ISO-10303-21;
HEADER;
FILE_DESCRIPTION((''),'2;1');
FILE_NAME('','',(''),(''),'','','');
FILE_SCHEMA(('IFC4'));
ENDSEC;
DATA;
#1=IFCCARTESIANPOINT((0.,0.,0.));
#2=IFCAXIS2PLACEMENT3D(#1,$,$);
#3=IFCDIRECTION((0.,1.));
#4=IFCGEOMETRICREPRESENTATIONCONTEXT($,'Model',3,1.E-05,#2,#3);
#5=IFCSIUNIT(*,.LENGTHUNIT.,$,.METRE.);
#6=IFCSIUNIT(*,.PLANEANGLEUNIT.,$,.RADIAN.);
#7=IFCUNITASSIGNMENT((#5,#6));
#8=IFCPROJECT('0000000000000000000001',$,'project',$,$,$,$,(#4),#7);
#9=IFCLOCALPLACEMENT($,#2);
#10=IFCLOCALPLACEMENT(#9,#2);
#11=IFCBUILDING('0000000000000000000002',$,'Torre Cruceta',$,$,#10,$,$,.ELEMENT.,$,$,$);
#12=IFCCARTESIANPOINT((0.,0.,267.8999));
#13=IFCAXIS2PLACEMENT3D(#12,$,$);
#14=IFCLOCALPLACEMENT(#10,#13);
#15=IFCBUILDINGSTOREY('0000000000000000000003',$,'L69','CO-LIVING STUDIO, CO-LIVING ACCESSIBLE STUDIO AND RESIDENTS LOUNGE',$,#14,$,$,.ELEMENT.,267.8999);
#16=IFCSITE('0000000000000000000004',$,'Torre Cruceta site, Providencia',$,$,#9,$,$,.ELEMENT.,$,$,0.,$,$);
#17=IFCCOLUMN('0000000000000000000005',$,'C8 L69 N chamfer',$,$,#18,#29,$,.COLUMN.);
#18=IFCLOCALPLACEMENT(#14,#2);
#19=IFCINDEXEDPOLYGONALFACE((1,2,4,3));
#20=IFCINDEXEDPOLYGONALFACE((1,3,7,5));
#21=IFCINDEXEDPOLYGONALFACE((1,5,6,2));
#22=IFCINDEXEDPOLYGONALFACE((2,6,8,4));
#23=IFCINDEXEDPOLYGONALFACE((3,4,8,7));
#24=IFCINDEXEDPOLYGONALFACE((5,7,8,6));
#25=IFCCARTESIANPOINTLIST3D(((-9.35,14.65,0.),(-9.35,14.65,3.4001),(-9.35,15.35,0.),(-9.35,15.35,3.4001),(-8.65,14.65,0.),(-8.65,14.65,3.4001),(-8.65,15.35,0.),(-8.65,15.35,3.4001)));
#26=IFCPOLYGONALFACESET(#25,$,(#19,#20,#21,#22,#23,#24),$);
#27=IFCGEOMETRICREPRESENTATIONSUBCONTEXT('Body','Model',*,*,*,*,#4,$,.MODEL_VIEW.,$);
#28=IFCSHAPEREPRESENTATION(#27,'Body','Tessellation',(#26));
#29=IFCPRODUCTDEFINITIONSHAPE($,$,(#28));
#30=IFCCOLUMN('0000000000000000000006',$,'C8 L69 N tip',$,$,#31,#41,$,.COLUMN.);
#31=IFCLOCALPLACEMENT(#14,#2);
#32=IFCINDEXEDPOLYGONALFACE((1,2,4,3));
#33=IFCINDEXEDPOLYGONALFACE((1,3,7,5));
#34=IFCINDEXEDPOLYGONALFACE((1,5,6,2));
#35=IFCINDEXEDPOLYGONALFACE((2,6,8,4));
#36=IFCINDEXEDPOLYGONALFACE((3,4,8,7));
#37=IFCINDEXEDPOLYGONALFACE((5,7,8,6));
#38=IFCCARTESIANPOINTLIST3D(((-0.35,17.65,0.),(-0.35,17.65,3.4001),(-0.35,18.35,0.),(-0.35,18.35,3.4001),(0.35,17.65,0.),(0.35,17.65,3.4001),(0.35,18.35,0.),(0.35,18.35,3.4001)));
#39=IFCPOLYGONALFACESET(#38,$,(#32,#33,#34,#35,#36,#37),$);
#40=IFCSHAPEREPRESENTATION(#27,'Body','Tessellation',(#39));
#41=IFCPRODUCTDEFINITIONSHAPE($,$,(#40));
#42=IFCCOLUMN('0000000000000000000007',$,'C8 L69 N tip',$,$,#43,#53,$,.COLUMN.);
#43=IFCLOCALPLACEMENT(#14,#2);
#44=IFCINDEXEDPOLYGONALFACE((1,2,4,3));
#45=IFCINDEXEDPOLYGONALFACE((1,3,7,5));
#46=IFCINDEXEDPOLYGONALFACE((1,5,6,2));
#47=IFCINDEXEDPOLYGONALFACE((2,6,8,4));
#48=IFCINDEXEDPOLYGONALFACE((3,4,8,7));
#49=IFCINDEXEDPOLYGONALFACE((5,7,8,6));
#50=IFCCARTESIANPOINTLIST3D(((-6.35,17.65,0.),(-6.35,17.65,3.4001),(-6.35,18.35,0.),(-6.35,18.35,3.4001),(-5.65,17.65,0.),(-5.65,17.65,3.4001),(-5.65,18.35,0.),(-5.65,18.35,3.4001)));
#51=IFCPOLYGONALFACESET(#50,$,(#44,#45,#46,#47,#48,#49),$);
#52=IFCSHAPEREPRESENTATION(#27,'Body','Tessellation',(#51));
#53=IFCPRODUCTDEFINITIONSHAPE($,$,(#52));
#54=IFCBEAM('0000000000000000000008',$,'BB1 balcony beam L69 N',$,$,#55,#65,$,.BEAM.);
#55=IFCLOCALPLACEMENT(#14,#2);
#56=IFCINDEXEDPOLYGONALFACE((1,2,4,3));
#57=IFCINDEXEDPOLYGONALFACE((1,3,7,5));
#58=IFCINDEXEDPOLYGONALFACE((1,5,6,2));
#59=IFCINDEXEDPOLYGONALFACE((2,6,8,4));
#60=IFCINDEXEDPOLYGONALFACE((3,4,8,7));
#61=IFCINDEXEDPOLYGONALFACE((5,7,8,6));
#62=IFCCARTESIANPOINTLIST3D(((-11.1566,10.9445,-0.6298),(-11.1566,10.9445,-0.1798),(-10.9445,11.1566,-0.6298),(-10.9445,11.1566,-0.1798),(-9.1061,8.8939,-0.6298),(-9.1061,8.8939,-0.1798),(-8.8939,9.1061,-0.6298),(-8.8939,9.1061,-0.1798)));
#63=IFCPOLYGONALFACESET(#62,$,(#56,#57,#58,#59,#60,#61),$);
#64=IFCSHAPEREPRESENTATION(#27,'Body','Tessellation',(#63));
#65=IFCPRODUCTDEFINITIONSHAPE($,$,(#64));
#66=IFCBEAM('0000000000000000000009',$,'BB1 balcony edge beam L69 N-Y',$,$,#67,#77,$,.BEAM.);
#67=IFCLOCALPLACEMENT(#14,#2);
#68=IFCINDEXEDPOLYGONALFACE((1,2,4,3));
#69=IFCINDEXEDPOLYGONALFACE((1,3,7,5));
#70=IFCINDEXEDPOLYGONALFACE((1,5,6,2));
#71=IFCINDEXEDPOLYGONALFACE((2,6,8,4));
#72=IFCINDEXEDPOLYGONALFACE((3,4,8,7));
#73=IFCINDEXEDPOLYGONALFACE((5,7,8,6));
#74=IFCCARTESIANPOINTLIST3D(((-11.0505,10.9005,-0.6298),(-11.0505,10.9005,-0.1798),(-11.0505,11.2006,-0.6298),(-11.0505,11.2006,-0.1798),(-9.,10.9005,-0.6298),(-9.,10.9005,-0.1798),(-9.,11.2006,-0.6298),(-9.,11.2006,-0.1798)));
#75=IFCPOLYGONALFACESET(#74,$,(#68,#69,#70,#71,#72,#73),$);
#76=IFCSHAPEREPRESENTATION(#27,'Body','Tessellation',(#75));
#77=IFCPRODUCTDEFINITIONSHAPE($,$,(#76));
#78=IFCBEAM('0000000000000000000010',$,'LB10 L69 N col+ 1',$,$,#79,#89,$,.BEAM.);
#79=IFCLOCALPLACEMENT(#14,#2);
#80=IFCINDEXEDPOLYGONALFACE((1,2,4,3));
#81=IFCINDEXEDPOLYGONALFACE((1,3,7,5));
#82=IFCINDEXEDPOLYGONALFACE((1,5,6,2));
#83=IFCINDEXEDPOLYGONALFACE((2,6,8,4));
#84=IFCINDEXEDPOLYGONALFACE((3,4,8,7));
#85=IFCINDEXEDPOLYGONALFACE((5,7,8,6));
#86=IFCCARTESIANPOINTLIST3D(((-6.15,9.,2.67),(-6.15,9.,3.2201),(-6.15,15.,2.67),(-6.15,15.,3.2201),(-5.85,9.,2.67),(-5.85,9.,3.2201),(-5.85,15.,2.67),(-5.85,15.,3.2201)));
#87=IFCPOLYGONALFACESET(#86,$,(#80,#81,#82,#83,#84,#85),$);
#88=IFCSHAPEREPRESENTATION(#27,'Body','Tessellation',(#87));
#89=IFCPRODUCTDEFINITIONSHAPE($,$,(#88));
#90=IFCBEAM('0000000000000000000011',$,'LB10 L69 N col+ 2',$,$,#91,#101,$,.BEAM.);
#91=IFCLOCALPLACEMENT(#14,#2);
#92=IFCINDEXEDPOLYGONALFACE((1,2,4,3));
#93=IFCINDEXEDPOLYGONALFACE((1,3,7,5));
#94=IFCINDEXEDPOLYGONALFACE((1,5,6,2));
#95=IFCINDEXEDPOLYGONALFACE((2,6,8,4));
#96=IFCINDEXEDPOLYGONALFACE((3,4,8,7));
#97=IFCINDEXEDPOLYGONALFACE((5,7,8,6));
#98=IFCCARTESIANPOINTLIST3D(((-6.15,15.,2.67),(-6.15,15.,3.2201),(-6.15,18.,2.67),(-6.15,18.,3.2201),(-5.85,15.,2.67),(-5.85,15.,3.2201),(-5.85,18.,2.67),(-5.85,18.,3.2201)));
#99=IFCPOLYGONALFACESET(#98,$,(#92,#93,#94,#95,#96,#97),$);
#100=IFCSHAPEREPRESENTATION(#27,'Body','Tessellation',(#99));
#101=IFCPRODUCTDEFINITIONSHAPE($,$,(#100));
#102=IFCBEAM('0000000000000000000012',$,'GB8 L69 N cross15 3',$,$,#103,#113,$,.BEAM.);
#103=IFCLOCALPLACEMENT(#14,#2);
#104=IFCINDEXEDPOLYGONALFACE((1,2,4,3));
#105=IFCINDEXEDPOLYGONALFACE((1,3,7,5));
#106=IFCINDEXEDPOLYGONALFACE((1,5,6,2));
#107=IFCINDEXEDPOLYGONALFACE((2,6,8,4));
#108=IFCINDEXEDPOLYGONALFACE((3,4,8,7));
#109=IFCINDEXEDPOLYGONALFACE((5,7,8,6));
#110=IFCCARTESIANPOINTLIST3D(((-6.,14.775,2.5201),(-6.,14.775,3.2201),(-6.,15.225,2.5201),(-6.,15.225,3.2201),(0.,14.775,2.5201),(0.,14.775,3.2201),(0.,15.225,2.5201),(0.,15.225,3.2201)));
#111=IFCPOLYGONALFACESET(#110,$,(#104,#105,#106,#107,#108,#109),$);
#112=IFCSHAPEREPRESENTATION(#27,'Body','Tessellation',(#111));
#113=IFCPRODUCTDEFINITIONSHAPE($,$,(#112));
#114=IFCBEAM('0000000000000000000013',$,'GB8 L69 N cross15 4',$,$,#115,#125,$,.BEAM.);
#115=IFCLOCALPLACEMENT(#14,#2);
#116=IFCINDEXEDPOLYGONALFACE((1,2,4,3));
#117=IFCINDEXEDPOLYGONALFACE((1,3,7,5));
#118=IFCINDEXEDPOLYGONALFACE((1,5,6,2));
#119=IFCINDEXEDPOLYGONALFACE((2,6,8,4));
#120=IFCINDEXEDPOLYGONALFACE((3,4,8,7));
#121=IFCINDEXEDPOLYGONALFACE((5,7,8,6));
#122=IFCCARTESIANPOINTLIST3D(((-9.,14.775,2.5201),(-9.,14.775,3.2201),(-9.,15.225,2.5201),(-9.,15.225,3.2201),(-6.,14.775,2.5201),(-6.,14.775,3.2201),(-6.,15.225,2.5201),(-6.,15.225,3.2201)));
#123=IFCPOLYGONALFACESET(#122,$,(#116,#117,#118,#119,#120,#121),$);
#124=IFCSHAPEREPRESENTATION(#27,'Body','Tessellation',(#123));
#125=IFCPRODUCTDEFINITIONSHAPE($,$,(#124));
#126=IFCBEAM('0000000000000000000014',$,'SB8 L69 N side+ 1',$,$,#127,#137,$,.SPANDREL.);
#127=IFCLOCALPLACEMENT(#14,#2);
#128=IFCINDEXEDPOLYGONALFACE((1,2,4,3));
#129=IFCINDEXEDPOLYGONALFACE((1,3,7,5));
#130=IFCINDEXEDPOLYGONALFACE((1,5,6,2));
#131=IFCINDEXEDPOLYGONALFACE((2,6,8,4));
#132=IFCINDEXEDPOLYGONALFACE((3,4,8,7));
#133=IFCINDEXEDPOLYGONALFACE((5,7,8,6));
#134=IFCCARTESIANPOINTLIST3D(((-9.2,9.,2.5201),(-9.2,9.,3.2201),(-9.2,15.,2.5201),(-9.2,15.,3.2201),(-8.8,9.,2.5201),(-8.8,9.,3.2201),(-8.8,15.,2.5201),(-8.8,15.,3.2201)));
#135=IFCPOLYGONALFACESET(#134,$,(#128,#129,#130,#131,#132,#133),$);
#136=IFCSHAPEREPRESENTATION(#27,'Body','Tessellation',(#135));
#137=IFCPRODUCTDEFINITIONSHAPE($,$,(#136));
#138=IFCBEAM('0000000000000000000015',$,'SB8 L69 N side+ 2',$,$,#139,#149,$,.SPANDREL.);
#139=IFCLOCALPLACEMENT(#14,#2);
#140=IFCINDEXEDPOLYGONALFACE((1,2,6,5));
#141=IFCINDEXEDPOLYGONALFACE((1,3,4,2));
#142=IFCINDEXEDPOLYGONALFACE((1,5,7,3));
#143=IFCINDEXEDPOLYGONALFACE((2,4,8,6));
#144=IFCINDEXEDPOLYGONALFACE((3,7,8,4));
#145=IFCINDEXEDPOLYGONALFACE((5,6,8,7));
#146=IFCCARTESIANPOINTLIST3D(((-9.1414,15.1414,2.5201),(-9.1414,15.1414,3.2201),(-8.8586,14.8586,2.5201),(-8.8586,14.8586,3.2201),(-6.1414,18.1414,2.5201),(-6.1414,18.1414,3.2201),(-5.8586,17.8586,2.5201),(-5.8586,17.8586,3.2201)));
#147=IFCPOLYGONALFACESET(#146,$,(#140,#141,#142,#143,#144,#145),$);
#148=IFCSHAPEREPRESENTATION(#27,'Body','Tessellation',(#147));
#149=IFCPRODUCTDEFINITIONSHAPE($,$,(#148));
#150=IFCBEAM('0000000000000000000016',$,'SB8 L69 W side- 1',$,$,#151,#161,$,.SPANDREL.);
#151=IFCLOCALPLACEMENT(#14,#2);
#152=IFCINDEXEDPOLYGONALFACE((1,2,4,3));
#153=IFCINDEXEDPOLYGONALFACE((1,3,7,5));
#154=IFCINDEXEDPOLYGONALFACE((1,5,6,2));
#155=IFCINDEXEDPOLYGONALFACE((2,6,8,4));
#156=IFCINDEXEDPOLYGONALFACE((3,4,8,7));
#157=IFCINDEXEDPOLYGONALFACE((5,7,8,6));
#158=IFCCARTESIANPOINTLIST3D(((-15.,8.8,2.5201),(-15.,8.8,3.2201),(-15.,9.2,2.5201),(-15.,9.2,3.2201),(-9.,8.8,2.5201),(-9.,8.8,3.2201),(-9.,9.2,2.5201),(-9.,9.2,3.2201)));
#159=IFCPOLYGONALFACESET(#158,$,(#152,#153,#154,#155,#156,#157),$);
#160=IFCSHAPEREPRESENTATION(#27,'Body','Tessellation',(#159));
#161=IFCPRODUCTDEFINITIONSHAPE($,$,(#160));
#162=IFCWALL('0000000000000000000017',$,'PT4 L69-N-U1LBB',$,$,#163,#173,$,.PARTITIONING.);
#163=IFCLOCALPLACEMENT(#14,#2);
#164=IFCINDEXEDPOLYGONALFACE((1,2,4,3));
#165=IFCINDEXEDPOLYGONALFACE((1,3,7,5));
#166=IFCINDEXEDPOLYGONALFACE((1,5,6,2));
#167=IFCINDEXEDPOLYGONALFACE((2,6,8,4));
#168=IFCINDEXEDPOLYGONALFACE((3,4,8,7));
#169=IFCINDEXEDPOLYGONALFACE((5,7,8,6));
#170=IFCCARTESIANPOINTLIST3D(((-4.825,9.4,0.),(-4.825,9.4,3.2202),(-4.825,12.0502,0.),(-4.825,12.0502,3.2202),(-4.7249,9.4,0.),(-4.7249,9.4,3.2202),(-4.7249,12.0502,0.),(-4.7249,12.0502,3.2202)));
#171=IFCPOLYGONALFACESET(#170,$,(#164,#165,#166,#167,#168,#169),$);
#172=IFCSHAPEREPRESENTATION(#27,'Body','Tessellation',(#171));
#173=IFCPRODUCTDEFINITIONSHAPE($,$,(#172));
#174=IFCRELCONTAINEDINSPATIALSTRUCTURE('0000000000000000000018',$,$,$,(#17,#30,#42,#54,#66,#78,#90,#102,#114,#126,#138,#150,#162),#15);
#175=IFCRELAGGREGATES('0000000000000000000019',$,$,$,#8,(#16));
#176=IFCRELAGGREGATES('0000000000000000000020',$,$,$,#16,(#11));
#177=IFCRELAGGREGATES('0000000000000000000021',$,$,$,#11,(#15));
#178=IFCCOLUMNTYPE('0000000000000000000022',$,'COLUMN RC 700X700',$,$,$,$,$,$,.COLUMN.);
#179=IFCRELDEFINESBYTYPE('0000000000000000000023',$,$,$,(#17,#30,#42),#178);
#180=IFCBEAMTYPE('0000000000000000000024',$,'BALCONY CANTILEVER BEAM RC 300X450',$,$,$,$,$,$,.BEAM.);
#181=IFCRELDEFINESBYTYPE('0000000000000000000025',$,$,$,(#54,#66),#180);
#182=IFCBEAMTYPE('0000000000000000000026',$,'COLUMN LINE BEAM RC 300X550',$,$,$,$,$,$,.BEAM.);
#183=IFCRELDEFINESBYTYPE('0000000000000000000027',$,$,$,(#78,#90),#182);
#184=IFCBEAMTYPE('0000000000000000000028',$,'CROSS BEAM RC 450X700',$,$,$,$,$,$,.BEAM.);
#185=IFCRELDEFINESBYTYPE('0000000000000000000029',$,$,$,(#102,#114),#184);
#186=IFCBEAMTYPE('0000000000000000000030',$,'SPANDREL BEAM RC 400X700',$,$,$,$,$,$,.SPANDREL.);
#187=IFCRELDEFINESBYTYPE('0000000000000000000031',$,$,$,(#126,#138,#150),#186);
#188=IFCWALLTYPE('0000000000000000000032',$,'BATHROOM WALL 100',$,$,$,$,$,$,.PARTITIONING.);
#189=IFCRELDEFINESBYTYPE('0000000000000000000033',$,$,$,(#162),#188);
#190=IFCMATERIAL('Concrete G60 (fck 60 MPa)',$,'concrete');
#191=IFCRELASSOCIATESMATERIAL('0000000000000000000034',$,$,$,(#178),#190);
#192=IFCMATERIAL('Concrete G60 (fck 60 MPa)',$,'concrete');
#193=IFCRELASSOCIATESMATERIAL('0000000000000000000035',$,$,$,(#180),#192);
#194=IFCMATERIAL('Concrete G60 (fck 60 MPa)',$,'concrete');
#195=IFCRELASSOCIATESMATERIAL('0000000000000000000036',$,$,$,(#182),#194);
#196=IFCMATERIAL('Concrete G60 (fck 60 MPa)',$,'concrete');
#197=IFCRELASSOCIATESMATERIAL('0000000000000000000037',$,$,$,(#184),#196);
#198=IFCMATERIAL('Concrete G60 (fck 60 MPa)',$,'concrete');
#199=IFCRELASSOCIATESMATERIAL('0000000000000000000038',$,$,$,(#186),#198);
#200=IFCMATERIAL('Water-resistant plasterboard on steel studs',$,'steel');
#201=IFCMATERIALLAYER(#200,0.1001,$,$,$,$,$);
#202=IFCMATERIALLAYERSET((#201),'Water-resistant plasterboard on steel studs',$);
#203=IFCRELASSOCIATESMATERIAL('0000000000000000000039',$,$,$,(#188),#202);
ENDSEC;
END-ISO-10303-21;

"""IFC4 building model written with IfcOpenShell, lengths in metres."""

from ifc_helpers import new_model, si_unit, direction, frame, frame_2d, origin, origin_2d, place, context, subcontext, project, spatial, rectangle, extrude, material, layer, layer_set, material_profile, profile_set, type_object, element, save


model = new_model("IFC4")

# Units and contexts
model_context = context("Model", 3, precision=1e-05, world=origin(), true_north=direction((0.0, 1.0)))
body_context = subcontext(model_context, "Body", "Model", "MODEL_VIEW")
ifc_project = project(units=[si_unit("LENGTHUNIT", "METRE"), si_unit("PLANEANGLEUNIT", "RADIAN")], contexts=[model_context])

# Site, building, storey
site_placement = place(None, origin())
site = spatial("IfcSite", under=ifc_project, at=site_placement, Name="Torre Cruceta site, Providencia", CompositionType="ELEMENT", RefElevation=0.0)
building_placement = place(site_placement, origin())
building = spatial("IfcBuilding", under=site, at=building_placement, Name="Torre Cruceta", CompositionType="ELEMENT")
storey_placement = place(building_placement, frame((0.0, 0.0, 267.8999)))
storey = spatial("IfcBuildingStorey", under=building, at=storey_placement, Name="L69", Description="CO-LIVING STUDIO, CO-LIVING ACCESSIBLE STUDIO AND RESIDENTS LOUNGE", CompositionType="ELEMENT", Elevation=267.8999)

# Columns
ifc_material_1 = material(Name="Concrete G60 (fck 60 MPa)", Category="concrete")
ifc_material_profile_1 = material_profile(ifc_material_1, rectangle(XDim=0.7, YDim=0.7, at=origin_2d()), Name="RC 700X700")
ifc_profile_set_1 = profile_set([ifc_material_profile_1], Name="Concrete G60 (fck 60 MPa)")
column_type = type_object("IfcColumnType", Name="COLUMN RC 700X700", PredefinedType="COLUMN", material=ifc_profile_set_1)
for number, where, z_axis, x_axis, name in (
    (1, (-9.0, 15.0, 0.0), (0.0, 0.0, 1.0), (1.0, 0.0, 0.0), "C8 L69 N chamfer"),
    (2, (0.0, 18.0, 0.0), (0.0, 0.0, 1.0), (1.0, 0.0, 0.0), "C8 L69 N tip"),
    (3, (-6.0, 18.0, 0.0), (0.0, 0.0, 1.0), (1.0, 0.0, 0.0), "C8 L69 N tip"),
):
    element("IfcColumn", number, at=place(storey_placement, frame(where, z_axis=z_axis, x_axis=x_axis)), inside=storey, type_object=column_type, Name=name, PredefinedType="COLUMN", context=body_context, shape_type="SweptSolid", body=[
        extrude(rectangle(XDim=0.7, YDim=0.7, at=origin_2d()), origin(), (0.0, 0.0, 1.0), 3.4001),
    ])

# Beams
ifc_material_2 = material(Name="Concrete G60 (fck 60 MPa)", Category="concrete")
ifc_material_profile_2 = material_profile(ifc_material_2, rectangle(XDim=0.3, YDim=0.45, at=origin_2d()), Name="RC 300X450")
ifc_profile_set_2 = profile_set([ifc_material_profile_2], Name="Concrete G60 (fck 60 MPa)")
beam_type_1 = type_object("IfcBeamType", Name="BALCONY CANTILEVER BEAM RC 300X450", PredefinedType="BEAM", material=ifc_profile_set_2)
beam_1_placement = place(storey_placement, frame((-9.0, 9.0, -0.4048), z_axis=(-0.707107, 0.707107, 0.0), x_axis=(-0.707107, -0.707107, 0.0)))
element("IfcBeam", 4, at=beam_1_placement, inside=storey, type_object=beam_type_1, Name="BB1 balcony beam L69 N", PredefinedType="BEAM", context=body_context, shape_type="SweptSolid", body=[
    extrude(rectangle(XDim=0.3, YDim=0.45, at=origin_2d()), origin(), (0.0, 0.0, 1.0), 2.8999),
])
beam_2_placement = place(storey_placement, frame((-9.0, 11.0505, -0.4048), z_axis=(-1.0, 0.0, 0.0), x_axis=(0.0, -1.0, 0.0)))
element("IfcBeam", 5, at=beam_2_placement, inside=storey, type_object=beam_type_1, Name="BB1 balcony edge beam L69 N-Y", PredefinedType="BEAM", context=body_context, shape_type="SweptSolid", body=[
    extrude(rectangle(XDim=0.3, YDim=0.45, at=origin_2d()), origin(), (0.0, 0.0, 1.0), 2.0505),
])
ifc_material_3 = material(Name="Concrete G60 (fck 60 MPa)", Category="concrete")
ifc_material_profile_3 = material_profile(ifc_material_3, rectangle(XDim=0.3, YDim=0.55, at=origin_2d()), Name="RC 300X550")
ifc_profile_set_3 = profile_set([ifc_material_profile_3], Name="Concrete G60 (fck 60 MPa)")
beam_type_2 = type_object("IfcBeamType", Name="COLUMN LINE BEAM RC 300X550", PredefinedType="BEAM", material=ifc_profile_set_3)
beam_3_placement = place(storey_placement, frame((-6.0, 9.0, 2.9451), z_axis=(0.0, 1.0, 0.0), x_axis=(-1.0, 0.0, 0.0)))
element("IfcBeam", 6, at=beam_3_placement, inside=storey, type_object=beam_type_2, Name="LB10 L69 N col+ 1", PredefinedType="BEAM", context=body_context, shape_type="SweptSolid", body=[
    extrude(rectangle(XDim=0.3, YDim=0.55, at=origin_2d()), origin(), (0.0, 0.0, 1.0), 6.0),
])
beam_4_placement = place(storey_placement, frame((-6.0, 15.0, 2.9451), z_axis=(0.0, 1.0, 0.0), x_axis=(-1.0, 0.0, 0.0)))
element("IfcBeam", 7, at=beam_4_placement, inside=storey, type_object=beam_type_2, Name="LB10 L69 N col+ 2", PredefinedType="BEAM", context=body_context, shape_type="SweptSolid", body=[
    extrude(rectangle(XDim=0.3, YDim=0.55, at=origin_2d()), origin(), (0.0, 0.0, 1.0), 3.0),
])
ifc_material_4 = material(Name="Concrete G60 (fck 60 MPa)", Category="concrete")
ifc_material_profile_4 = material_profile(ifc_material_4, rectangle(XDim=0.45, YDim=0.7, at=origin_2d()), Name="RC 450X700")
ifc_profile_set_4 = profile_set([ifc_material_profile_4], Name="Concrete G60 (fck 60 MPa)")
beam_type_3 = type_object("IfcBeamType", Name="CROSS BEAM RC 450X700", PredefinedType="BEAM", material=ifc_profile_set_4)
beam_5_placement = place(storey_placement, frame((0.0, 15.0, 2.8701), z_axis=(-1.0, 0.0, 0.0), x_axis=(0.0, -1.0, 0.0)))
element("IfcBeam", 8, at=beam_5_placement, inside=storey, type_object=beam_type_3, Name="GB8 L69 N cross15 3", PredefinedType="BEAM", context=body_context, shape_type="SweptSolid", body=[
    extrude(rectangle(XDim=0.45, YDim=0.7, at=origin_2d()), origin(), (0.0, 0.0, 1.0), 6.0),
])
beam_6_placement = place(storey_placement, frame((-6.0, 15.0, 2.8701), z_axis=(-1.0, 0.0, 0.0), x_axis=(0.0, -1.0, 0.0)))
element("IfcBeam", 9, at=beam_6_placement, inside=storey, type_object=beam_type_3, Name="GB8 L69 N cross15 4", PredefinedType="BEAM", context=body_context, shape_type="SweptSolid", body=[
    extrude(rectangle(XDim=0.45, YDim=0.7, at=origin_2d()), origin(), (0.0, 0.0, 1.0), 3.0),
])
ifc_material_5 = material(Name="Concrete G60 (fck 60 MPa)", Category="concrete")
ifc_material_profile_5 = material_profile(ifc_material_5, rectangle(XDim=0.3999, YDim=0.7, at=origin_2d()), Name="RC 400X700")
ifc_profile_set_5 = profile_set([ifc_material_profile_5], Name="Concrete G60 (fck 60 MPa)")
beam_type_4 = type_object("IfcBeamType", Name="SPANDREL BEAM RC 400X700", PredefinedType="SPANDREL", material=ifc_profile_set_5)
beam_7_placement = place(storey_placement, frame((-9.0, 9.0, 2.8701), z_axis=(0.0, 1.0, 0.0), x_axis=(-1.0, 0.0, 0.0)))
element("IfcBeam", 10, at=beam_7_placement, inside=storey, type_object=beam_type_4, Name="SB8 L69 N side+ 1", PredefinedType="SPANDREL", context=body_context, shape_type="SweptSolid", body=[
    extrude(rectangle(XDim=0.3999, YDim=0.7, at=origin_2d()), origin(), (0.0, 0.0, 1.0), 6.0),
])
beam_8_placement = place(storey_placement, frame((-9.0, 15.0, 2.8701), z_axis=(0.707107, 0.707107, 0.0), x_axis=(-0.707107, 0.707107, 0.0)))
element("IfcBeam", 11, at=beam_8_placement, inside=storey, type_object=beam_type_4, Name="SB8 L69 N side+ 2", PredefinedType="SPANDREL", context=body_context, shape_type="SweptSolid", body=[
    extrude(rectangle(XDim=0.3999, YDim=0.7, at=origin_2d()), origin(), (0.0, 0.0, 1.0), 4.2427),
])
beam_9_placement = place(storey_placement, frame((-9.0, 9.0, 2.8701), z_axis=(-1.0, 0.0, 0.0), x_axis=(0.0, -1.0, 0.0)))
element("IfcBeam", 12, at=beam_9_placement, inside=storey, type_object=beam_type_4, Name="SB8 L69 W side- 1", PredefinedType="SPANDREL", context=body_context, shape_type="SweptSolid", body=[
    extrude(rectangle(XDim=0.3999, YDim=0.7, at=origin_2d()), origin(), (0.0, 0.0, 1.0), 6.0),
])

# Wall
ifc_material_6 = material(Name="Water-resistant plasterboard on steel studs", Category="steel")
ifc_layer_1 = layer(ifc_material_6, 0.1001)
ifc_layer_set_1 = layer_set([ifc_layer_1], Name="Water-resistant plasterboard on steel studs")
wall_type_1 = type_object("IfcWallType", Name="BATHROOM WALL 100", PredefinedType="PARTITIONING", material=ifc_layer_set_1)
wall_1_placement = place(storey_placement, frame((-4.7749, 9.3999, 0.0), z_axis=(0.0, 0.0, 1.0), x_axis=(0.0, 1.0, 0.0)))
element("IfcWall", 13, at=wall_1_placement, inside=storey, type_object=wall_type_1, Name="PT4 L69-N-U1LBB", PredefinedType="PARTITIONING", context=body_context, shape_type="SweptSolid", body=[
    extrude(rectangle(XDim=2.6501, YDim=0.1001, at=frame_2d((1.3252, 0.0))), origin(), (0.0, 0.0, 1.0), 3.2202),
])

save(model, "model.ifc")
